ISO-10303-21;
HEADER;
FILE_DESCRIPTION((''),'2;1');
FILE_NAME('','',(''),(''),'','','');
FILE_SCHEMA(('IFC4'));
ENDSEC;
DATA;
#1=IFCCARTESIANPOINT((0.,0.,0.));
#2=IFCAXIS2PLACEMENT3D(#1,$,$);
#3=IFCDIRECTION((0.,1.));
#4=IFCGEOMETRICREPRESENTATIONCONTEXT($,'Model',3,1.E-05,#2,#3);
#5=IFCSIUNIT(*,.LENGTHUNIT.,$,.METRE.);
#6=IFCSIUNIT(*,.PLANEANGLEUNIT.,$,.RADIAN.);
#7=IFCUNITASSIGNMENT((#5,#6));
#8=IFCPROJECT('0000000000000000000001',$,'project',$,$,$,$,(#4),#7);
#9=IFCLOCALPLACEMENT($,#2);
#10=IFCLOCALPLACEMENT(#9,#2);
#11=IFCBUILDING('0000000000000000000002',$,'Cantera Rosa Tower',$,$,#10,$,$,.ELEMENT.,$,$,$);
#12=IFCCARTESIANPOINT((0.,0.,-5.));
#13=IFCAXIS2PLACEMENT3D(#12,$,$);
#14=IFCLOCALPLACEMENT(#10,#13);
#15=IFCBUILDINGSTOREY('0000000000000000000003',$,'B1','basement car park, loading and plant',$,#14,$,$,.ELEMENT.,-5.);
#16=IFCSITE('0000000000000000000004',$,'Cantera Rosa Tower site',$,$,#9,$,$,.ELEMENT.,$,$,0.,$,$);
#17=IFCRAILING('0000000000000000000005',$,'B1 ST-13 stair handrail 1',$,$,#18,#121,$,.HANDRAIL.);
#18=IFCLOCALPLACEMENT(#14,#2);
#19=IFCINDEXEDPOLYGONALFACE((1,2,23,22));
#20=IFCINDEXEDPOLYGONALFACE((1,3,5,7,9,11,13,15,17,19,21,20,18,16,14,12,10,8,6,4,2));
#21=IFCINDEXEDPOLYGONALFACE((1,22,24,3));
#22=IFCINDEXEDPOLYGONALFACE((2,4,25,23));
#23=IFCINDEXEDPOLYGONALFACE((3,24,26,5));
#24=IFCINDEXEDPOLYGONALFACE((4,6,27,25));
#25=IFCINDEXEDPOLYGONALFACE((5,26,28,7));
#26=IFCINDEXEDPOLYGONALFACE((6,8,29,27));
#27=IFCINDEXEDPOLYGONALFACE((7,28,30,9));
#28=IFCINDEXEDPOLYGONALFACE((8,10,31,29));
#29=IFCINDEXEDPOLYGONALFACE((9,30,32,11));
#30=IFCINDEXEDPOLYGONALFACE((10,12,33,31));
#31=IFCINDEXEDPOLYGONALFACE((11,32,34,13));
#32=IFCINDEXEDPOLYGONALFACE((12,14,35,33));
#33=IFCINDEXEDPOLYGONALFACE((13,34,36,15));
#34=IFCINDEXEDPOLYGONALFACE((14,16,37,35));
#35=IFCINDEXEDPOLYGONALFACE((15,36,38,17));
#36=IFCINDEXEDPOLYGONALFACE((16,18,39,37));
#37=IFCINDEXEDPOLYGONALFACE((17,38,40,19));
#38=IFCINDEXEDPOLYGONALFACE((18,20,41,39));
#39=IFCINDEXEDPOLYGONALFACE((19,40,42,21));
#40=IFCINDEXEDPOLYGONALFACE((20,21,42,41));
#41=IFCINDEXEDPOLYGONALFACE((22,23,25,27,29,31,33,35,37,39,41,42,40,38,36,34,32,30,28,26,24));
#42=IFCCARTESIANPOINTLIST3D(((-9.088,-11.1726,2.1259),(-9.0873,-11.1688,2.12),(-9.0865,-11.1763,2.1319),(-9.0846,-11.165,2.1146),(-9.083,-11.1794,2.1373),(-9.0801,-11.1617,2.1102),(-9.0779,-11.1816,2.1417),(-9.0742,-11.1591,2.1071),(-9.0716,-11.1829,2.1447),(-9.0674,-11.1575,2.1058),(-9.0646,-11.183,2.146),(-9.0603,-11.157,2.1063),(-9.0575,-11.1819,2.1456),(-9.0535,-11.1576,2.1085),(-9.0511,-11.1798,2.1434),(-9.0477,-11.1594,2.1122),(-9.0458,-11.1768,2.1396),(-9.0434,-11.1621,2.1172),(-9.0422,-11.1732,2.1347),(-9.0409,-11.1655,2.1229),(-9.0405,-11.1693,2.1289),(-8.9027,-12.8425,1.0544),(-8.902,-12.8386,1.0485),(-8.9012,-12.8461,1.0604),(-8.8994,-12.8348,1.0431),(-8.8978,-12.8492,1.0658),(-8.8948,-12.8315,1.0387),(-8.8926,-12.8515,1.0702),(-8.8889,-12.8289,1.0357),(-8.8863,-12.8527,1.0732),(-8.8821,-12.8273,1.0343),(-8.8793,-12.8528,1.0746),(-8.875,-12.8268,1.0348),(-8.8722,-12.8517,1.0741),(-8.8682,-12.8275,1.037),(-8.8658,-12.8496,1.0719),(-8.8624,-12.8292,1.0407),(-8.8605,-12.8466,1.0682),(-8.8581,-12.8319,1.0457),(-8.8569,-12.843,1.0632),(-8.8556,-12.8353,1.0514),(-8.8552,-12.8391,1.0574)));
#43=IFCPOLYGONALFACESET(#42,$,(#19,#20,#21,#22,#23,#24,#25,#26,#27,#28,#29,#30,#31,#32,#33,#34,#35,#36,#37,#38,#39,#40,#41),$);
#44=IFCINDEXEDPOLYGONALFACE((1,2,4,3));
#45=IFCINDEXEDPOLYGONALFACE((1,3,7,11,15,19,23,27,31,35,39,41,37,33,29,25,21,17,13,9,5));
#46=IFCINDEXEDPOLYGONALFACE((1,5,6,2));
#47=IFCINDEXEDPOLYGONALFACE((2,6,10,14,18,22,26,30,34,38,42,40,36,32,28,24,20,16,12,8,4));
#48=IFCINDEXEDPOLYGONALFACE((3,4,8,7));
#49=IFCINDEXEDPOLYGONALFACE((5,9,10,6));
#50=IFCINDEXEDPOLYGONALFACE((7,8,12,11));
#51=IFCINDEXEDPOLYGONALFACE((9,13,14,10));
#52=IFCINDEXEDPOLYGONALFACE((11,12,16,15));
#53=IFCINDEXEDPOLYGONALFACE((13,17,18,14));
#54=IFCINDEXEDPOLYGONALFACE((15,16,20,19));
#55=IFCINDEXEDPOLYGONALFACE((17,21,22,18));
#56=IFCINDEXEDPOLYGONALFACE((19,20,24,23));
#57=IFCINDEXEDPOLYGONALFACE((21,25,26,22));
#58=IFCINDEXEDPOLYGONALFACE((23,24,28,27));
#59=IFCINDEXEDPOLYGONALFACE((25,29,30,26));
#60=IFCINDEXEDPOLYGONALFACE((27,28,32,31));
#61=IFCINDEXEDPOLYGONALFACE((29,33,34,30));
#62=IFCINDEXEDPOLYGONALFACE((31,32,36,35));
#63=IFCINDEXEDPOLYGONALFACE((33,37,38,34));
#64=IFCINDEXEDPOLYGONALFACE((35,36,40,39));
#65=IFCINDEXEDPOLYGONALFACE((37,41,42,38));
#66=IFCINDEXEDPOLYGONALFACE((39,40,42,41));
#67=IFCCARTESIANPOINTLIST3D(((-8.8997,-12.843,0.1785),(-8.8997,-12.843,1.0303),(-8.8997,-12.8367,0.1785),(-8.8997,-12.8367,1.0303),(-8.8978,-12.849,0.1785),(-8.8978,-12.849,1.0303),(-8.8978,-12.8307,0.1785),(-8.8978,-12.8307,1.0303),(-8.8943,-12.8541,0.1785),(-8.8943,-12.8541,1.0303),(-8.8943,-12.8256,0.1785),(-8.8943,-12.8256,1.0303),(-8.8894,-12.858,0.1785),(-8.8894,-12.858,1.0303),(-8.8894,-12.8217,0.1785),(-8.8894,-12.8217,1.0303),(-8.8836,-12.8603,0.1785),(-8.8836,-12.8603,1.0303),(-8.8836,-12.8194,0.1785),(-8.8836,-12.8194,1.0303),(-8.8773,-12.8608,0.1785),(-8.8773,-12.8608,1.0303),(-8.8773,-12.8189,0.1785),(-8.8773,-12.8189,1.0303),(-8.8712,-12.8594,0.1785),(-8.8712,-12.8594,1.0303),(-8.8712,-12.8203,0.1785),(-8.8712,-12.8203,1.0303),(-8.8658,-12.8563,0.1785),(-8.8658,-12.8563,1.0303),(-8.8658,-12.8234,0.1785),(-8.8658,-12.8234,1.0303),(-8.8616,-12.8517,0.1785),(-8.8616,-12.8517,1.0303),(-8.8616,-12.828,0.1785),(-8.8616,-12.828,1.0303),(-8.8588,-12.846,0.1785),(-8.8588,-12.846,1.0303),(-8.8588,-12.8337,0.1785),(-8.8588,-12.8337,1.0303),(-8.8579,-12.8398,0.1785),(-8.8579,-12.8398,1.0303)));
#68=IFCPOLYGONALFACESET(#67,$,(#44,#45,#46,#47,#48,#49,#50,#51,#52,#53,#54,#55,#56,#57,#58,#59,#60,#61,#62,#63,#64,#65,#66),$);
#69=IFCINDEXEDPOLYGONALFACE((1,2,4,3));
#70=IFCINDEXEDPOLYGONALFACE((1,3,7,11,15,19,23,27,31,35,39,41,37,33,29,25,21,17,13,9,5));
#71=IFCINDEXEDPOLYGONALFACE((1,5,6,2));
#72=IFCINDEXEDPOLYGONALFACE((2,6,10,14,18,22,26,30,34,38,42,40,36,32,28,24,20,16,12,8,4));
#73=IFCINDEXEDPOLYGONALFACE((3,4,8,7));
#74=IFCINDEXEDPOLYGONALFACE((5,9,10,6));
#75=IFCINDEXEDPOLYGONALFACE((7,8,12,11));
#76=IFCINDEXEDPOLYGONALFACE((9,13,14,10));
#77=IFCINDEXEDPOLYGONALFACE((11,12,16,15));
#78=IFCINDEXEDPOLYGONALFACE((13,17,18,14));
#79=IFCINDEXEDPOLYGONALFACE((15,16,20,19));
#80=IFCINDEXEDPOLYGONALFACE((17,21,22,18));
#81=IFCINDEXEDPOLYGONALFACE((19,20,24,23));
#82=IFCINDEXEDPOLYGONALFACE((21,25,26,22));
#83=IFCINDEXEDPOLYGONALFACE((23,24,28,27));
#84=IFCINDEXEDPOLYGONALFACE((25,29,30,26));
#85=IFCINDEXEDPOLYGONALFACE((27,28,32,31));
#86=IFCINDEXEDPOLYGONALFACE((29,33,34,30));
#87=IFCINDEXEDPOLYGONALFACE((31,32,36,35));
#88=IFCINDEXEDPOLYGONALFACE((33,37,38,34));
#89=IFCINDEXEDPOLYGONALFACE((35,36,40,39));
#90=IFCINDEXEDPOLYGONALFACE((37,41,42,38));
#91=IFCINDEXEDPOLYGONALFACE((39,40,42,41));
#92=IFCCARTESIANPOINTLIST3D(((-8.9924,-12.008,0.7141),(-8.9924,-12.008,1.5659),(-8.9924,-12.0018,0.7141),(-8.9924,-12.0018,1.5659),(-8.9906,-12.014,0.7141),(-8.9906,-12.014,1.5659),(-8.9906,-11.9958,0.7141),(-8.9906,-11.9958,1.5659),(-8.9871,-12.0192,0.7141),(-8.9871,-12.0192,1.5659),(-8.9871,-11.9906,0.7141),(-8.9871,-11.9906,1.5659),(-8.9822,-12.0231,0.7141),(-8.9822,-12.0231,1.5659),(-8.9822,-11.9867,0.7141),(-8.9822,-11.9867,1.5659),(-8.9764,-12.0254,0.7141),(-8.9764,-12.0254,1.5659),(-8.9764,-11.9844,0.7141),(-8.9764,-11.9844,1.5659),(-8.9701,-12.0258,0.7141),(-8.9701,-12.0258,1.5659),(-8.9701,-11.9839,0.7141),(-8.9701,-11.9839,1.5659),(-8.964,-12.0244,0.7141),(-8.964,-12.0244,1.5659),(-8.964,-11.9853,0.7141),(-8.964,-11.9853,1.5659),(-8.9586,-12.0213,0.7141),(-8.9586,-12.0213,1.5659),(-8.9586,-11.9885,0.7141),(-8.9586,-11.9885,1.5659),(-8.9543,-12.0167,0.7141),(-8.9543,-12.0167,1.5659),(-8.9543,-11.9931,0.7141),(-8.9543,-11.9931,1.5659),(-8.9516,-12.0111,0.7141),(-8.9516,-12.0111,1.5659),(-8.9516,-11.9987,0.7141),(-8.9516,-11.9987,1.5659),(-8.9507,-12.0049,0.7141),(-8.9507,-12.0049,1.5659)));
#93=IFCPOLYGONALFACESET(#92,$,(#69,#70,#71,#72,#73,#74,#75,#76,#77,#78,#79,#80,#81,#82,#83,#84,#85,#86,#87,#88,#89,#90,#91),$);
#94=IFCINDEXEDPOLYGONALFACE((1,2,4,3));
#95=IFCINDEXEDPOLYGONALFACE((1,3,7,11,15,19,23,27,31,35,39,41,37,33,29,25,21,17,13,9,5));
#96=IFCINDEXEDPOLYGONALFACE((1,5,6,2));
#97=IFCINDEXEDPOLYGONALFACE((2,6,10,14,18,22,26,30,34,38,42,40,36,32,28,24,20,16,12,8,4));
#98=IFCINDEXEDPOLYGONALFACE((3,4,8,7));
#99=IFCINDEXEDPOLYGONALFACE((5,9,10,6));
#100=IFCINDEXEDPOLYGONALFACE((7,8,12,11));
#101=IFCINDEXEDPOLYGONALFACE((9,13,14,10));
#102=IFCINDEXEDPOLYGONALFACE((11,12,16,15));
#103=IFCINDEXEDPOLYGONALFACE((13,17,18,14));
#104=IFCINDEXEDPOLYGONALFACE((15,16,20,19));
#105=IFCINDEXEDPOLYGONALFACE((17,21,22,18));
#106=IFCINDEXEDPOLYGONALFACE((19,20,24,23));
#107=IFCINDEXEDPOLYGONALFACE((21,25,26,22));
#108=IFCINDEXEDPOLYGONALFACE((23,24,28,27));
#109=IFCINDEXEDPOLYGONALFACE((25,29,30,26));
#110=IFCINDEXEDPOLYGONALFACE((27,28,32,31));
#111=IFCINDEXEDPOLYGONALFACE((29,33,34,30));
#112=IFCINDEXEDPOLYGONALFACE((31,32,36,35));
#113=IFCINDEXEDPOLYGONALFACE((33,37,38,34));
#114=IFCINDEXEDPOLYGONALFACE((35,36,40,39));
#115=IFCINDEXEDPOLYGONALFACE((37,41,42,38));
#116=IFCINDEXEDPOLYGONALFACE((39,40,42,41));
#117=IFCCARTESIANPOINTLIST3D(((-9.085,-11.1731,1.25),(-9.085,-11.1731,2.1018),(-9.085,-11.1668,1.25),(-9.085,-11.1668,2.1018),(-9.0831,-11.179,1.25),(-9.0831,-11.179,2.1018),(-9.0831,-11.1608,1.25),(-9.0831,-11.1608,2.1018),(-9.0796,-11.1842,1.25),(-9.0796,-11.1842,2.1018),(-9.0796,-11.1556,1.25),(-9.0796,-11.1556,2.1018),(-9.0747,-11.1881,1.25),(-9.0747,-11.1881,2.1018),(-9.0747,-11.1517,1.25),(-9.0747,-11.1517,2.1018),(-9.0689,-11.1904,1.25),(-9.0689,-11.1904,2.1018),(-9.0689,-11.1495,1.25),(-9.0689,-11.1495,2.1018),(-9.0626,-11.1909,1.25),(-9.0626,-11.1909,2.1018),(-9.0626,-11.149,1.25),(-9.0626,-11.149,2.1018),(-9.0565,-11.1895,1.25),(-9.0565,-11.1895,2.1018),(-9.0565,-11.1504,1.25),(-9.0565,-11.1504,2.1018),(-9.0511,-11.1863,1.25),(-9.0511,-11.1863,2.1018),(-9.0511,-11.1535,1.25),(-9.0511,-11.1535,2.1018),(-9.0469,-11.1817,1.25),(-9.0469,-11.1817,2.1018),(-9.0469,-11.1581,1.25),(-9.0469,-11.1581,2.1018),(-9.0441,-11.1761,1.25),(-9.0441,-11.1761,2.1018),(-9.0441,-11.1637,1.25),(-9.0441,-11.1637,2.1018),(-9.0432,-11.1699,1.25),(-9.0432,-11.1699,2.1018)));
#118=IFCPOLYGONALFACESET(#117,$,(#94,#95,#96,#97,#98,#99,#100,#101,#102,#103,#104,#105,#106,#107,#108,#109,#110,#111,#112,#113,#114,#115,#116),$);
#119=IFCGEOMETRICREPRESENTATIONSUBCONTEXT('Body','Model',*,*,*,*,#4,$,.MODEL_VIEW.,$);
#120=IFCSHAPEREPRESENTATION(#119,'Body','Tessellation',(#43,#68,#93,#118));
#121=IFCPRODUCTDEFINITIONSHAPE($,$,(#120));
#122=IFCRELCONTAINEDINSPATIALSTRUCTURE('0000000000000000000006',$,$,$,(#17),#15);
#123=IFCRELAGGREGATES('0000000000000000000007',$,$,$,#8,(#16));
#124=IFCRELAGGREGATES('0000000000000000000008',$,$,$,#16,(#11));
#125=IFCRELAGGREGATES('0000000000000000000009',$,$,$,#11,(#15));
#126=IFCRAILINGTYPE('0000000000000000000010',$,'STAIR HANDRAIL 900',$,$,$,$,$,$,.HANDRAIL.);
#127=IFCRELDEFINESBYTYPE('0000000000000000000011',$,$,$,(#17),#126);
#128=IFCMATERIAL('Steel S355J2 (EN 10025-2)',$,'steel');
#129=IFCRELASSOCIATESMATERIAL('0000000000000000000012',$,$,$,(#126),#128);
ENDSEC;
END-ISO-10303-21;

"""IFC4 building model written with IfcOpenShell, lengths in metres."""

from ifc_helpers import new_model, si_unit, direction, frame, origin, origin_2d, place, context, subcontext, project, spatial, circle, extrude, material, type_object, element, save


model = new_model("IFC4")

# Units and contexts
model_context = context("Model", 3, precision=1e-05, world=origin(), true_north=direction((0.0, 1.0)))
body_context = subcontext(model_context, "Body", "Model", "MODEL_VIEW")
ifc_project = project(units=[si_unit("LENGTHUNIT", "METRE"), si_unit("PLANEANGLEUNIT", "RADIAN")], contexts=[model_context])

# Site, building, storey
site_placement = place(None, origin())
site = spatial("IfcSite", under=ifc_project, at=site_placement, Name="Cantera Rosa Tower site", CompositionType="ELEMENT", RefElevation=0.0)
building_placement = place(site_placement, origin())
building = spatial("IfcBuilding", under=site, at=building_placement, Name="Cantera Rosa Tower", CompositionType="ELEMENT")
storey_placement = place(building_placement, frame((0.0, 0.0, -5.0)))
storey = spatial("IfcBuildingStorey", under=building, at=storey_placement, Name="B1", Description="basement car park, loading and plant", CompositionType="ELEMENT", Elevation=-5.0)

# Railing
ifc_material_1 = material(Name="Steel S355J2 (EN 10025-2)", Category="steel")
railing_type_1 = type_object("IfcRailingType", Name="STAIR HANDRAIL 900", PredefinedType="HANDRAIL", material=ifc_material_1)
railing_1_placement = place(storey_placement, frame((-8.8789, -12.8398, 0.1785)))
element("IfcRailing", 1, at=railing_1_placement, inside=storey, type_object=railing_type_1, Name="B1 ST-13 stair handrail 1", PredefinedType="HANDRAIL", context=body_context, shape_type="SweptSolid", body=[
    extrude(circle(Radius=0.0239, at=origin_2d()), frame((0.0, 0.0, 0.876), z_axis=(-0.092987, 0.837987, 0.537709), x_axis=(-0.9939, -0.110288, 0.0)), (0.0, 0.0, 1.0), 1.9927),
    extrude(circle(Radius=0.021, at=origin_2d()), origin(), (0.0, 0.0, 1.0), 0.8518),
    extrude(circle(Radius=0.021, at=origin_2d()), frame((-0.0928, 0.835, 0.5356)), (0.0, 0.0, 1.0), 0.8518),
    extrude(circle(Radius=0.021, at=origin_2d()), frame((-0.1853, 1.6699, 1.0715)), (0.0, 0.0, 1.0), 0.8518),
])

save(model, "model.ifc")
